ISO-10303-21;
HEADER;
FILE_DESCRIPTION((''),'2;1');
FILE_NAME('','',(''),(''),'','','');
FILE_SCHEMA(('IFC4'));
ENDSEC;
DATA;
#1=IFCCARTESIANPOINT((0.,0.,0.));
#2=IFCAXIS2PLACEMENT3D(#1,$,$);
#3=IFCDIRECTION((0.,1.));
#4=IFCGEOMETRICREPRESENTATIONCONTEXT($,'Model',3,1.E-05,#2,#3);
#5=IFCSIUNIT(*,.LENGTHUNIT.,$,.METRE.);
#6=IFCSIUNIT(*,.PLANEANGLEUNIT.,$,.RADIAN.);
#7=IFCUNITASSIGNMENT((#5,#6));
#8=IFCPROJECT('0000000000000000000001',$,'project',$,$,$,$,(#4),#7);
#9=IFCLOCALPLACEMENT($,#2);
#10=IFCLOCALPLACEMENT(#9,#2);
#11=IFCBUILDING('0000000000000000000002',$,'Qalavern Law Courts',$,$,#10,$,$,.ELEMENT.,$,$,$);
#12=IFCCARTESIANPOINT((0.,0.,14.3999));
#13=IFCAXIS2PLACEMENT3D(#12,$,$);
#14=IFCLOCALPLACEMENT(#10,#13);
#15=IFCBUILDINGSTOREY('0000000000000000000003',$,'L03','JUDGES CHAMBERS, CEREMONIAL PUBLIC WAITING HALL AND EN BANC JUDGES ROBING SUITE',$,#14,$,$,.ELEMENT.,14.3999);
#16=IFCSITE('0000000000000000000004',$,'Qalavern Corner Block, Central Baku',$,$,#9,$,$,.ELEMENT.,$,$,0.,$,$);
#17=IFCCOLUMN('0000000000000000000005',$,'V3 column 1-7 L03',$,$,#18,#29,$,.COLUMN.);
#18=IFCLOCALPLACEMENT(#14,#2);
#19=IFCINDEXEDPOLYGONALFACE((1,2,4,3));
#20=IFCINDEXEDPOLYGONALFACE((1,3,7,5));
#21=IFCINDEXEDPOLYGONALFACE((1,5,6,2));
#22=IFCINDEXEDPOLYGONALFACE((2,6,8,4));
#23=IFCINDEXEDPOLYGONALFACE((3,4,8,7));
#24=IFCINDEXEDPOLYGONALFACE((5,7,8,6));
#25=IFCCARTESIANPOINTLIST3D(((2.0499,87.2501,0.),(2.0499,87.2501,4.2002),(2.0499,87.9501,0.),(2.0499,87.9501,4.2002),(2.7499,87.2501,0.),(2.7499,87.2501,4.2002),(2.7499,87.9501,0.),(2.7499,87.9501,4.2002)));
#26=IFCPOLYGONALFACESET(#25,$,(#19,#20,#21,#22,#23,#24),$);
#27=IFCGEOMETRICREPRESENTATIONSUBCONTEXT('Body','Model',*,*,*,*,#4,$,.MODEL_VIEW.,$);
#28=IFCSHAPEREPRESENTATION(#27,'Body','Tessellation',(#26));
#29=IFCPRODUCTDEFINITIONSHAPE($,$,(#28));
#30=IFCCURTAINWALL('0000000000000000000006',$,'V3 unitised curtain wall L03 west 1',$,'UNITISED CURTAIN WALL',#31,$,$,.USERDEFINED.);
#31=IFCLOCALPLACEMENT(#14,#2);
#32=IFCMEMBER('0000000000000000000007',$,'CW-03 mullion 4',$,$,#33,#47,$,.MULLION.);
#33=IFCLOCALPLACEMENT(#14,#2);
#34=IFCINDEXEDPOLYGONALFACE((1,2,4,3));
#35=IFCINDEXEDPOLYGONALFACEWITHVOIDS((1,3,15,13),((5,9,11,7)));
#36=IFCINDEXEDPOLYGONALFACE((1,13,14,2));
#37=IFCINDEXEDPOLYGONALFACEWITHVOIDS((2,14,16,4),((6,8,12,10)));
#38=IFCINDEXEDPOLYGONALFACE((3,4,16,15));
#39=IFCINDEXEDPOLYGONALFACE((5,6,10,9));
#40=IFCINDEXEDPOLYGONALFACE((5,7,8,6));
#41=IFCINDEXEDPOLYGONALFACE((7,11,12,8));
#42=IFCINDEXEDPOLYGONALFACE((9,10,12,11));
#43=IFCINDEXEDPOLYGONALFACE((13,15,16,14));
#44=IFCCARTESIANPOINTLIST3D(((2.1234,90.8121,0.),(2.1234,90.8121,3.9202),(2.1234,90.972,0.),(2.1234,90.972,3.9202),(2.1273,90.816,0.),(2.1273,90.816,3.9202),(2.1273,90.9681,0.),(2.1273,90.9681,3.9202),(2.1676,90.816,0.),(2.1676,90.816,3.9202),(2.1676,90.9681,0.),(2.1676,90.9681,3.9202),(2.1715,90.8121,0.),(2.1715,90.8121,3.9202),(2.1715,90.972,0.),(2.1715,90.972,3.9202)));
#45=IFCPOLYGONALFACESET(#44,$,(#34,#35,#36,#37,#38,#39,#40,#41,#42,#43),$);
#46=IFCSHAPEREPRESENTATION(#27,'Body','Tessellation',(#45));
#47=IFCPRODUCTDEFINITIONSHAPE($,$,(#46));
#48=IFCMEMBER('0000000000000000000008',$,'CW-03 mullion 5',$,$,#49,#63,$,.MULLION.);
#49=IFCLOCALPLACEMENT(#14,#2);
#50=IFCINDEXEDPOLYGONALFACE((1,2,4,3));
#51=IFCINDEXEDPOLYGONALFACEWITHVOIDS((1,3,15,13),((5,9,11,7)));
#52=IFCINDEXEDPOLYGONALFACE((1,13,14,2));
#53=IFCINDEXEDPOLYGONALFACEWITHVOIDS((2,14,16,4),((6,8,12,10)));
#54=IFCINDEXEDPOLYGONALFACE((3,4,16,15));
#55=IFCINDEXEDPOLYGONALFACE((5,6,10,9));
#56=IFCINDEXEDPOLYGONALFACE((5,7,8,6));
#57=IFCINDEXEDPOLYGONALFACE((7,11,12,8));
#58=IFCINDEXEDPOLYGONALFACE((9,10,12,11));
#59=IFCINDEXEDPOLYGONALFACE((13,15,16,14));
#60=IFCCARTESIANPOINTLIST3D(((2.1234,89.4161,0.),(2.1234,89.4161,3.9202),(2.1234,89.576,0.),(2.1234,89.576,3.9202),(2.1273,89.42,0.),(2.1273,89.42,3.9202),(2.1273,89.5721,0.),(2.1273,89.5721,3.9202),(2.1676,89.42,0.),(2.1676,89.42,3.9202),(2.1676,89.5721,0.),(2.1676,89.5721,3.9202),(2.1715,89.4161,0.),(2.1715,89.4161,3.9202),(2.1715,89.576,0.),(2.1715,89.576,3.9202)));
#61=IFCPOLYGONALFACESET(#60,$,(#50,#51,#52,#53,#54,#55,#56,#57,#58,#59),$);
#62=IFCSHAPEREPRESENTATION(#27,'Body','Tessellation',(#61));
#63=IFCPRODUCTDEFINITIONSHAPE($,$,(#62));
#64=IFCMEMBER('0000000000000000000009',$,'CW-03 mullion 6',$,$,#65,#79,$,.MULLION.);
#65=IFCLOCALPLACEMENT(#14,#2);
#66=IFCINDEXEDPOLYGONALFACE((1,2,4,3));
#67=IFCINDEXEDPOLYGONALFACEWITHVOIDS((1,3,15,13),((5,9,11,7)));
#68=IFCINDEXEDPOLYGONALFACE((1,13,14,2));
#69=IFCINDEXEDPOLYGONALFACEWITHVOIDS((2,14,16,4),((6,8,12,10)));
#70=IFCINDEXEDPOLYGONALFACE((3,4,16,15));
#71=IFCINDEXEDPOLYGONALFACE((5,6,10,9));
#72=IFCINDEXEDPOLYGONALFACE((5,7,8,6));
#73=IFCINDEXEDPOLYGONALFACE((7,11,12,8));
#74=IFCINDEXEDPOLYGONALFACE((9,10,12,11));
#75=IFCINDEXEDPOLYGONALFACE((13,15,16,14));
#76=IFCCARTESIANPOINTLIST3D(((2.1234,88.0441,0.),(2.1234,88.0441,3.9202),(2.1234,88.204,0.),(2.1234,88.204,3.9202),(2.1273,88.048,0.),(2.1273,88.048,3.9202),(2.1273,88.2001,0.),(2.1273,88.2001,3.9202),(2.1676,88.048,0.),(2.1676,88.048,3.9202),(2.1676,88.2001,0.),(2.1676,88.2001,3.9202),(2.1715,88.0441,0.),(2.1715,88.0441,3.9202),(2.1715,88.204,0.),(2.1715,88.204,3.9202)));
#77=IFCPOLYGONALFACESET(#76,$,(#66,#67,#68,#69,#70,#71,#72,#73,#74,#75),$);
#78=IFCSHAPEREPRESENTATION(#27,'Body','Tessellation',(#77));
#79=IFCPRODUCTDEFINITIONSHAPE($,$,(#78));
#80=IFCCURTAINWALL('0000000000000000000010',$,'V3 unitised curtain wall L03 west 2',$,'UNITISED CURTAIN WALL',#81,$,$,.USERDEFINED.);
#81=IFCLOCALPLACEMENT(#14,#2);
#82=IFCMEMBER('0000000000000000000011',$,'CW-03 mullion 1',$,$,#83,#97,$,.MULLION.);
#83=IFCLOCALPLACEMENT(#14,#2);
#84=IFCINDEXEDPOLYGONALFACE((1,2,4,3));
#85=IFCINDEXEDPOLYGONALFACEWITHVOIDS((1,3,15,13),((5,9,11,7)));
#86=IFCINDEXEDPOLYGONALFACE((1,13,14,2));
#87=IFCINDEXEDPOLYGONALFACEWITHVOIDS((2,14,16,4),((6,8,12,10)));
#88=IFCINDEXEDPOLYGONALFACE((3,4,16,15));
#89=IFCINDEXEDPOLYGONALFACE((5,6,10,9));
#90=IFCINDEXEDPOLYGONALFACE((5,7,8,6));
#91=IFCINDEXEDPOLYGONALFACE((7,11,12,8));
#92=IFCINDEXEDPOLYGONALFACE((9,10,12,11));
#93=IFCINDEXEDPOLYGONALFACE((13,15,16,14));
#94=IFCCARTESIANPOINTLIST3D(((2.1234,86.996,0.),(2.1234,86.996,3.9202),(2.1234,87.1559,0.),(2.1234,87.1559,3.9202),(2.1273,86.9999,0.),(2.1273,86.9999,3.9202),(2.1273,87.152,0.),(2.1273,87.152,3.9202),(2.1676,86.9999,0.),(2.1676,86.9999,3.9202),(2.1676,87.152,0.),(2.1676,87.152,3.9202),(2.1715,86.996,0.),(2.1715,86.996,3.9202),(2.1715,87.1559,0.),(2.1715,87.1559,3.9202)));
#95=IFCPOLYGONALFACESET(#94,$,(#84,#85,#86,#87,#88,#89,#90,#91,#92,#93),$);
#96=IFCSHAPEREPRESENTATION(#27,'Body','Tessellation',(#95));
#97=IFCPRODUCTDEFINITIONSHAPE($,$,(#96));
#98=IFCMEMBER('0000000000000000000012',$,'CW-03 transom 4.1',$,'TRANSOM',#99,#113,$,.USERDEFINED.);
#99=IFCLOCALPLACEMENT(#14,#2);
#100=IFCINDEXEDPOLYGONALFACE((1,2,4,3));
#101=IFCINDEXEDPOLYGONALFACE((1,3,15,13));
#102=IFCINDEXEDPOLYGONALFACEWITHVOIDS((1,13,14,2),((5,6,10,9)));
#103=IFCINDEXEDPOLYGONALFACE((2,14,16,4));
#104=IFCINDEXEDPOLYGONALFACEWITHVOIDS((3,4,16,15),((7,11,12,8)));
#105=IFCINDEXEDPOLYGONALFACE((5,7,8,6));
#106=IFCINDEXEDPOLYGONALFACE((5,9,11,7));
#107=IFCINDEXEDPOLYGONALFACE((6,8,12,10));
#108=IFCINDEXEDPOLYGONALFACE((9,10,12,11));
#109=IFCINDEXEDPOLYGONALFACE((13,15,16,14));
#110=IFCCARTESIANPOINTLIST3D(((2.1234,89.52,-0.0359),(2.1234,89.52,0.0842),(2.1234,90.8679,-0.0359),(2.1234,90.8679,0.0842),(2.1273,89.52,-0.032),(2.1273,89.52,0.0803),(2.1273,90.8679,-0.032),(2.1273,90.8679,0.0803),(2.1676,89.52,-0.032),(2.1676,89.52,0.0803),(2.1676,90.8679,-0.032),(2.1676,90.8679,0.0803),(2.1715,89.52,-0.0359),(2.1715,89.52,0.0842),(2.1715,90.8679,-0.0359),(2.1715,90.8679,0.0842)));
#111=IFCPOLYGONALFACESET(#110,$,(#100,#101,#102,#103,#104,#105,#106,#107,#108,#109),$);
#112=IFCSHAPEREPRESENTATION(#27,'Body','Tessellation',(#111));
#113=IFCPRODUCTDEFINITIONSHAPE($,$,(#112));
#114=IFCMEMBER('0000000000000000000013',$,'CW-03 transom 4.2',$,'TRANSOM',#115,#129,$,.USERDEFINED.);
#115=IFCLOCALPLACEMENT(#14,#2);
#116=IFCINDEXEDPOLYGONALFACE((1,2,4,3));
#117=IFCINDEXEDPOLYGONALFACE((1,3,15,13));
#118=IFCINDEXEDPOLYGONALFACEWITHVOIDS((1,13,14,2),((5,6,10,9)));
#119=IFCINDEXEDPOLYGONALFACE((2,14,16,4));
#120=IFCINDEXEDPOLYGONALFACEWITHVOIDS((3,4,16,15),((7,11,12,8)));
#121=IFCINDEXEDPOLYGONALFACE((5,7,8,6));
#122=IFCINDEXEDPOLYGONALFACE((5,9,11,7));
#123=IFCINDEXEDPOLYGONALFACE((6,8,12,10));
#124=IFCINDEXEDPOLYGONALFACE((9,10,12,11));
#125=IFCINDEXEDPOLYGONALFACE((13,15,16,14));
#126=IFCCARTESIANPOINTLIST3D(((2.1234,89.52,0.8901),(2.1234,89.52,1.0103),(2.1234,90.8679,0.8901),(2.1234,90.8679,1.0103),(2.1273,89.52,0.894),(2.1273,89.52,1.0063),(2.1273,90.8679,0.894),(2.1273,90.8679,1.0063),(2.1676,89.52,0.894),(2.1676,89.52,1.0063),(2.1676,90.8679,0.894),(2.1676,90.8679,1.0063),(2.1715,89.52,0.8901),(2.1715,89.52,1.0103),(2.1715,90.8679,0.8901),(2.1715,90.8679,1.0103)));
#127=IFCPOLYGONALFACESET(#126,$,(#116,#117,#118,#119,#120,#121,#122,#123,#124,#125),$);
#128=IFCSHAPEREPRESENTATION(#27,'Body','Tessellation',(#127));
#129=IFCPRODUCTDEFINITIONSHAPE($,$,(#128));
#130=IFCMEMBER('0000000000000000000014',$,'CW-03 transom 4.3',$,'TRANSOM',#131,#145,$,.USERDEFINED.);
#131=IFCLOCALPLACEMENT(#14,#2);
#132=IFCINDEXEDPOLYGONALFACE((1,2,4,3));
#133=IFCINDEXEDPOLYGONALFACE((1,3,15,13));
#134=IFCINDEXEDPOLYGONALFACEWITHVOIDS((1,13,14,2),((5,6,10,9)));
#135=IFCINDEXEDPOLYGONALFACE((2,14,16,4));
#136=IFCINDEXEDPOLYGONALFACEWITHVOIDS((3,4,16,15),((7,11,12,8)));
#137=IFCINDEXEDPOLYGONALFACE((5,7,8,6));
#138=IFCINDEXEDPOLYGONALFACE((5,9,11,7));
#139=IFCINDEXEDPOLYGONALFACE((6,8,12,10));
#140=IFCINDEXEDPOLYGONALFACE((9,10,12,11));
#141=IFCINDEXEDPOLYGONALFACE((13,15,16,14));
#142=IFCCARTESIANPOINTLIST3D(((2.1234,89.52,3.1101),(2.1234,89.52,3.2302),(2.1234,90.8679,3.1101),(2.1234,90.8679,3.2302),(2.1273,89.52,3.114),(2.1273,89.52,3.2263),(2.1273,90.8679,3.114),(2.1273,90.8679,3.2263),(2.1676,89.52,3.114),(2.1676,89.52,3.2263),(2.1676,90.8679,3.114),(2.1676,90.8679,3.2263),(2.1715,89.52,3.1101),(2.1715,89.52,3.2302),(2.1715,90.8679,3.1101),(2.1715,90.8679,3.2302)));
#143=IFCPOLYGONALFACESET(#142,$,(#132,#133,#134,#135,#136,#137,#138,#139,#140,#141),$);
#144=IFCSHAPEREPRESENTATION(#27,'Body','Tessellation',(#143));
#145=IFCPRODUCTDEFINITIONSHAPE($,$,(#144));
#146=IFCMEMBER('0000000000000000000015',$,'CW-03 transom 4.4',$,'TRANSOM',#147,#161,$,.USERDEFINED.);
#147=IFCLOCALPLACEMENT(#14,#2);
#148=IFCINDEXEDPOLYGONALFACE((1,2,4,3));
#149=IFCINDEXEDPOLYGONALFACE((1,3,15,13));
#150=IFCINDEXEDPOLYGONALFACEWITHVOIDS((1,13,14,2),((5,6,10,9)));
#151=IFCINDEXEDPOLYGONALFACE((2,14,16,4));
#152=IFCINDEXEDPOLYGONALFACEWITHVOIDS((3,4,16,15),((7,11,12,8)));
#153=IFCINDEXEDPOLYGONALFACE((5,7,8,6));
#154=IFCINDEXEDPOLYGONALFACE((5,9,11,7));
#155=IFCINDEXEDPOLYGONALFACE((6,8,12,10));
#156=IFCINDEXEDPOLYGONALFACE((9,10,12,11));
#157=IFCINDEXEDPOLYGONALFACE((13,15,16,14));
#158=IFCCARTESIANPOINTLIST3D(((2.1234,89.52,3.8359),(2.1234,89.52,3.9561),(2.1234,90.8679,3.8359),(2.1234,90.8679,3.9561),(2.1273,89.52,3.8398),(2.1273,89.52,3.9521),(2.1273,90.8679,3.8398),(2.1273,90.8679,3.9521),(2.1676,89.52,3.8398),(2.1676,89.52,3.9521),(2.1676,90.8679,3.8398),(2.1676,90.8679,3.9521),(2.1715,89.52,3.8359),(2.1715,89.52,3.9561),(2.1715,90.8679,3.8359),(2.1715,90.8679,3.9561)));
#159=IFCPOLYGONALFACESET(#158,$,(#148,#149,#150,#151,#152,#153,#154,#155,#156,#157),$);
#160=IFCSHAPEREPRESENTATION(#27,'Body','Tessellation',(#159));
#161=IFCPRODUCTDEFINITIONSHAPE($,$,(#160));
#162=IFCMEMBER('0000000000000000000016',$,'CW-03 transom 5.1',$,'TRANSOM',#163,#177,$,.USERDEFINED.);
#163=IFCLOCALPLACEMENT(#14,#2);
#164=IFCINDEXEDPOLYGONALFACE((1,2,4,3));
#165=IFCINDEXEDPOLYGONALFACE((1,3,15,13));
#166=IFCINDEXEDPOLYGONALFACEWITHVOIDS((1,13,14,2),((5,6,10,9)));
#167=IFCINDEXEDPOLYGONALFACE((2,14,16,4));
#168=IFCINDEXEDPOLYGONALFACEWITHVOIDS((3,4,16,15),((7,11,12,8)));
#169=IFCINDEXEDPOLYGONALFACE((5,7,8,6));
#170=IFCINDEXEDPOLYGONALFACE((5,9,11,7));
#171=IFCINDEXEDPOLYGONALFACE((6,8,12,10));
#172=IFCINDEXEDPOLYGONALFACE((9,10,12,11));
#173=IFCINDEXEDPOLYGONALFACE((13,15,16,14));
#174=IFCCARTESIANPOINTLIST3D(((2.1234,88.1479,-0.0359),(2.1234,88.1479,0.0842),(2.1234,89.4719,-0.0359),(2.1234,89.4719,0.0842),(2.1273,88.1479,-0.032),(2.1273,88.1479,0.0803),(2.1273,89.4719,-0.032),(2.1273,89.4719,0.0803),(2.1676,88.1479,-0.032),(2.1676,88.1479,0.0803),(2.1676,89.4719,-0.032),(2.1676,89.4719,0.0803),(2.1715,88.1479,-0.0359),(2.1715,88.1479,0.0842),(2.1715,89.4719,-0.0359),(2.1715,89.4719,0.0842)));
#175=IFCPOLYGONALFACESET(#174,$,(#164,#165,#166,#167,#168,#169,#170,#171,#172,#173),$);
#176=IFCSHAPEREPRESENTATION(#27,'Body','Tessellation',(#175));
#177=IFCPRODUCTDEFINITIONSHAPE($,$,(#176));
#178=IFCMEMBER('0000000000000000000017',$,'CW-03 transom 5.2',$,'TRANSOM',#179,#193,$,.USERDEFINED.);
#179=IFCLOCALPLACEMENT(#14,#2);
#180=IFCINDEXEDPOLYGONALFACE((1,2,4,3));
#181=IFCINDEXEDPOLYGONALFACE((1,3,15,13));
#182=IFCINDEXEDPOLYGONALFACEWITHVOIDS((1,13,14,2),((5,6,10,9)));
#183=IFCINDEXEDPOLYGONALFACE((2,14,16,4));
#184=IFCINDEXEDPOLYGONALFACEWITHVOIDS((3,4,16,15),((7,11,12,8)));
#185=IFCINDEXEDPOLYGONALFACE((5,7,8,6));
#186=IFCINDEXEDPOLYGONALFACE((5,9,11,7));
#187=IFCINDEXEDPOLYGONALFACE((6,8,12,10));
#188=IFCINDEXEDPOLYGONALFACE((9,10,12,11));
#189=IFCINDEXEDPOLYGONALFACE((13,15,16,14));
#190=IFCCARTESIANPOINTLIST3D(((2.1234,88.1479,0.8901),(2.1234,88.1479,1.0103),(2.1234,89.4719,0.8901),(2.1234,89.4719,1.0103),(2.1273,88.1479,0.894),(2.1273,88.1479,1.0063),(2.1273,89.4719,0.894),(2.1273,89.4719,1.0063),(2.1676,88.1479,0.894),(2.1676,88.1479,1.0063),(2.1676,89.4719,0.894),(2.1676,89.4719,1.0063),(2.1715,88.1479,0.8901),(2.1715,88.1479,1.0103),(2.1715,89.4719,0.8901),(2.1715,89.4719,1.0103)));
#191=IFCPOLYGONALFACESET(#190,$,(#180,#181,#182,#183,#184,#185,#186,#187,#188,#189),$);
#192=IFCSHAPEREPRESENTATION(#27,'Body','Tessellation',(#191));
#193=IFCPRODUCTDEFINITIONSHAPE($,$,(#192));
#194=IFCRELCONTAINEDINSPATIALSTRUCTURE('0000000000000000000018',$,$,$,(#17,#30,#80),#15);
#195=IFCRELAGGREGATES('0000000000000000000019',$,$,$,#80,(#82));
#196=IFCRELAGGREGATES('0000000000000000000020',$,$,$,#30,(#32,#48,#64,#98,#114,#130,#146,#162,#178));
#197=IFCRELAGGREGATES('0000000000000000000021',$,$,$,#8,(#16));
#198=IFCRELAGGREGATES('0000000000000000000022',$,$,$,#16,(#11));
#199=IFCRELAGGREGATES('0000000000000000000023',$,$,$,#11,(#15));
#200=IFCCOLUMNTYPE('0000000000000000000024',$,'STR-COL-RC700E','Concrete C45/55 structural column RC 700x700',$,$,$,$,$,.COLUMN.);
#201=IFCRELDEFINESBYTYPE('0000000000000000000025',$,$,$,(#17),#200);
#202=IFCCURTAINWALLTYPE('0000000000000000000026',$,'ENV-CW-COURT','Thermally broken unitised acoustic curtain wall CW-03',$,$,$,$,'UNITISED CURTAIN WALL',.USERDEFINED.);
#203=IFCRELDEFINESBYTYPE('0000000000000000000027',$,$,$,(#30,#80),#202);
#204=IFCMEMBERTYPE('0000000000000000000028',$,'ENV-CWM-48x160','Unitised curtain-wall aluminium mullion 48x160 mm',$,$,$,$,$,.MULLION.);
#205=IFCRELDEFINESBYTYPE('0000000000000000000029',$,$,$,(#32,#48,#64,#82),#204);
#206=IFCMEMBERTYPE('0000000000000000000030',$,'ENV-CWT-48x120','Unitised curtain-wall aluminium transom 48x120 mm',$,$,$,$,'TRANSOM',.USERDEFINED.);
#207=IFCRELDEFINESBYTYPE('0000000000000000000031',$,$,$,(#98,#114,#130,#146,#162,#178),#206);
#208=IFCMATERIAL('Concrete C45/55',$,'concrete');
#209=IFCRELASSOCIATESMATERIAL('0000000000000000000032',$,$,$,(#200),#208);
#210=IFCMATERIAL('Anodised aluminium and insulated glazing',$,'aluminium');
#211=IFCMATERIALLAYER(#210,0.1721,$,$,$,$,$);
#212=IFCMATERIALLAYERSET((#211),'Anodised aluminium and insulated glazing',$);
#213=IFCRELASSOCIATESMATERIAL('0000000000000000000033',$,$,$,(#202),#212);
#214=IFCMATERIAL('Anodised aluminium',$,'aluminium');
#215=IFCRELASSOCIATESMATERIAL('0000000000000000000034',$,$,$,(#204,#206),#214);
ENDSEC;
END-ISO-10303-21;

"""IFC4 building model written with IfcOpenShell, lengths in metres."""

from ifc_helpers import new_model, si_unit, direction, frame, origin, origin_2d, place, context, subcontext, project, spatial, rectangle, hollow_rectangle, extrude, material, layer, layer_set, material_profile, profile_set, type_object, element, aggregate, save


model = new_model("IFC4")

# Units and contexts
model_context = context("Model", 3, precision=1e-05, world=origin(), true_north=direction((0.0, 1.0)))
body_context = subcontext(model_context, "Body", "Model", "MODEL_VIEW")
ifc_project = project(units=[si_unit("LENGTHUNIT", "METRE"), si_unit("PLANEANGLEUNIT", "RADIAN")], contexts=[model_context])

# Site, building, storey
site_placement = place(None, origin())
site = spatial("IfcSite", under=ifc_project, at=site_placement, Name="Qalavern Corner Block, Central Baku", CompositionType="ELEMENT", RefElevation=0.0)
building_placement = place(site_placement, origin())
building = spatial("IfcBuilding", under=site, at=building_placement, Name="Qalavern Law Courts", CompositionType="ELEMENT")
storey_placement = place(building_placement, frame((0.0, 0.0, 14.3999)))
storey = spatial("IfcBuildingStorey", under=building, at=storey_placement, Name="L03", Description="JUDGES CHAMBERS, CEREMONIAL PUBLIC WAITING HALL AND EN BANC JUDGES ROBING SUITE", CompositionType="ELEMENT", Elevation=14.3999)

# Column
ifc_material_1 = material(Name="Concrete C45/55", Category="concrete")
ifc_material_profile_1 = material_profile(ifc_material_1, rectangle(XDim=0.7, YDim=0.7, at=origin_2d()), Name="RC 700x700")
ifc_profile_set_1 = profile_set([ifc_material_profile_1], Name="Concrete C45/55")
column_type = type_object("IfcColumnType", Name="STR-COL-RC700E", Description="Concrete C45/55 structural column RC 700x700", PredefinedType="COLUMN", material=ifc_profile_set_1)
column_placement = place(storey_placement, frame((2.3999, 87.6001, 0.0), z_axis=(0.0, 0.0, 1.0), x_axis=(1.0, 0.0, 0.0)))
element("IfcColumn", 1, at=column_placement, inside=storey, type_object=column_type, Name="V3 column 1-7 L03", PredefinedType="COLUMN", context=body_context, shape_type="SweptSolid", body=[
    extrude(rectangle(XDim=0.7, YDim=0.7, at=origin_2d()), origin(), (0.0, 0.0, 1.0), 4.2002),
])

# Curtain wall, members
ifc_material_2 = material(Name="Anodised aluminium and insulated glazing", Category="aluminium")
ifc_layer_1 = layer(ifc_material_2, 0.1721)
ifc_layer_set_1 = layer_set([ifc_layer_1], Name="Anodised aluminium and insulated glazing")
curtain_wall_type = type_object("IfcCurtainWallType", Name="ENV-CW-COURT", Description="Thermally broken unitised acoustic curtain wall CW-03", ElementType="UNITISED CURTAIN WALL", PredefinedType="USERDEFINED", material=ifc_layer_set_1)
curtain_wall_1_placement = place(storey_placement, origin())
curtain_wall_1 = element("IfcCurtainWall", 2, at=curtain_wall_1_placement, inside=storey, type_object=curtain_wall_type, Name="V3 unitised curtain wall L03 west 1", ObjectType="UNITISED CURTAIN WALL", PredefinedType="USERDEFINED")
ifc_material_3 = material(Name="Anodised aluminium", Category="aluminium")
ifc_material_profile_2 = material_profile(ifc_material_3, hollow_rectangle(XDim=0.0481, YDim=0.1599, WallThickness=0.0039, at=origin_2d()), Name="ALU MULLION 48x160")
ifc_profile_set_2 = profile_set([ifc_material_profile_2], Name="Anodised aluminium")
member_type_1 = type_object("IfcMemberType", Name="ENV-CWM-48x160", Description="Unitised curtain-wall aluminium mullion 48x160 mm", PredefinedType="MULLION", material=ifc_profile_set_2)
member_1_placement = place(storey_placement, frame((2.1475, 90.8921, 0.0), z_axis=(0.0, 0.0, 1.0), x_axis=(1.0, 0.0, 0.0)))
member_1 = element("IfcMember", 3, at=member_1_placement, type_object=member_type_1, Name="CW-03 mullion 4", PredefinedType="MULLION", context=body_context, shape_type="SweptSolid", body=[
    extrude(hollow_rectangle(XDim=0.0481, YDim=0.1599, WallThickness=0.0039, at=origin_2d()), origin(), (0.0, 0.0, 1.0), 3.9202),
])
member_2_placement = place(storey_placement, frame((2.1475, 89.4961, 0.0), z_axis=(0.0, 0.0, 1.0), x_axis=(1.0, 0.0, 0.0)))
member_2 = element("IfcMember", 4, at=member_2_placement, type_object=member_type_1, Name="CW-03 mullion 5", PredefinedType="MULLION", context=body_context, shape_type="SweptSolid", body=[
    extrude(hollow_rectangle(XDim=0.0481, YDim=0.1599, WallThickness=0.0039, at=origin_2d()), origin(), (0.0, 0.0, 1.0), 3.9202),
])
member_3_placement = place(storey_placement, frame((2.1475, 88.124, 0.0), z_axis=(0.0, 0.0, 1.0), x_axis=(1.0, 0.0, 0.0)))
member_3 = element("IfcMember", 5, at=member_3_placement, type_object=member_type_1, Name="CW-03 mullion 6", PredefinedType="MULLION", context=body_context, shape_type="SweptSolid", body=[
    extrude(hollow_rectangle(XDim=0.0481, YDim=0.1599, WallThickness=0.0039, at=origin_2d()), origin(), (0.0, 0.0, 1.0), 3.9202),
])

# Curtain wall, member
curtain_wall_2_placement = place(storey_placement, origin())
curtain_wall_2 = element("IfcCurtainWall", 6, at=curtain_wall_2_placement, inside=storey, type_object=curtain_wall_type, Name="V3 unitised curtain wall L03 west 2", ObjectType="UNITISED CURTAIN WALL", PredefinedType="USERDEFINED")
member_4_placement = place(storey_placement, frame((2.1475, 87.0759, 0.0), z_axis=(0.0, 0.0, 1.0), x_axis=(1.0, 0.0, 0.0)))
member_4 = element("IfcMember", 7, at=member_4_placement, type_object=member_type_1, Name="CW-03 mullion 1", PredefinedType="MULLION", context=body_context, shape_type="SweptSolid", body=[
    extrude(hollow_rectangle(XDim=0.0481, YDim=0.1599, WallThickness=0.0039, at=origin_2d()), origin(), (0.0, 0.0, 1.0), 3.9202),
])

# Members
ifc_material_profile_3 = material_profile(ifc_material_3, hollow_rectangle(XDim=0.0481, YDim=0.1201, WallThickness=0.0039, at=origin_2d()), Name="ALU TRANSOM 48x120")
ifc_profile_set_3 = profile_set([ifc_material_profile_3], Name="Anodised aluminium")
member_type_2 = type_object("IfcMemberType", Name="ENV-CWT-48x120", Description="Unitised curtain-wall aluminium transom 48x120 mm", ElementType="TRANSOM", PredefinedType="USERDEFINED", material=ifc_profile_set_3)
member_5_placement = place(storey_placement, frame((2.1475, 90.8679, 0.0242), z_axis=(0.0, -1.0, 0.0), x_axis=(1.0, 0.0, 0.0)))
member_5 = element("IfcMember", 8, at=member_5_placement, type_object=member_type_2, Name="CW-03 transom 4.1", ObjectType="TRANSOM", PredefinedType="USERDEFINED", context=body_context, shape_type="SweptSolid", body=[
    extrude(hollow_rectangle(XDim=0.0481, YDim=0.1201, WallThickness=0.0039, at=origin_2d()), origin(), (0.0, 0.0, 1.0), 1.3479),
])
member_6_placement = place(storey_placement, frame((2.1475, 90.8679, 0.9502), z_axis=(0.0, -1.0, 0.0), x_axis=(1.0, 0.0, 0.0)))
member_6 = element("IfcMember", 9, at=member_6_placement, type_object=member_type_2, Name="CW-03 transom 4.2", ObjectType="TRANSOM", PredefinedType="USERDEFINED", context=body_context, shape_type="SweptSolid", body=[
    extrude(hollow_rectangle(XDim=0.0481, YDim=0.1201, WallThickness=0.0039, at=origin_2d()), origin(), (0.0, 0.0, 1.0), 1.3479),
])
member_7_placement = place(storey_placement, frame((2.1475, 90.8679, 3.1702), z_axis=(0.0, -1.0, 0.0), x_axis=(1.0, 0.0, 0.0)))
member_7 = element("IfcMember", 10, at=member_7_placement, type_object=member_type_2, Name="CW-03 transom 4.3", ObjectType="TRANSOM", PredefinedType="USERDEFINED", context=body_context, shape_type="SweptSolid", body=[
    extrude(hollow_rectangle(XDim=0.0481, YDim=0.1201, WallThickness=0.0039, at=origin_2d()), origin(), (0.0, 0.0, 1.0), 1.3479),
])
member_8_placement = place(storey_placement, frame((2.1475, 90.8679, 3.896), z_axis=(0.0, -1.0, 0.0), x_axis=(1.0, 0.0, 0.0)))
member_8 = element("IfcMember", 11, at=member_8_placement, type_object=member_type_2, Name="CW-03 transom 4.4", ObjectType="TRANSOM", PredefinedType="USERDEFINED", context=body_context, shape_type="SweptSolid", body=[
    extrude(hollow_rectangle(XDim=0.0481, YDim=0.1201, WallThickness=0.0039, at=origin_2d()), origin(), (0.0, 0.0, 1.0), 1.3479),
])
member_9_placement = place(storey_placement, frame((2.1475, 89.4719, 0.0242), z_axis=(0.0, -1.0, 0.0), x_axis=(1.0, 0.0, 0.0)))
member_9 = element("IfcMember", 12, at=member_9_placement, type_object=member_type_2, Name="CW-03 transom 5.1", ObjectType="TRANSOM", PredefinedType="USERDEFINED", context=body_context, shape_type="SweptSolid", body=[
    extrude(hollow_rectangle(XDim=0.0481, YDim=0.1201, WallThickness=0.0039, at=origin_2d()), origin(), (0.0, 0.0, 1.0), 1.324),
])
member_10_placement = place(storey_placement, frame((2.1475, 89.4719, 0.9502), z_axis=(0.0, -1.0, 0.0), x_axis=(1.0, 0.0, 0.0)))
member_10 = element("IfcMember", 13, at=member_10_placement, type_object=member_type_2, Name="CW-03 transom 5.2", ObjectType="TRANSOM", PredefinedType="USERDEFINED", context=body_context, shape_type="SweptSolid", body=[
    extrude(hollow_rectangle(XDim=0.0481, YDim=0.1201, WallThickness=0.0039, at=origin_2d()), origin(), (0.0, 0.0, 1.0), 1.324),
])

aggregate(curtain_wall_2, [member_4])
aggregate(curtain_wall_1, [member_1, member_2, member_3, member_5, member_6, member_7, member_8, member_9, member_10])

save(model, "model.ifc")
